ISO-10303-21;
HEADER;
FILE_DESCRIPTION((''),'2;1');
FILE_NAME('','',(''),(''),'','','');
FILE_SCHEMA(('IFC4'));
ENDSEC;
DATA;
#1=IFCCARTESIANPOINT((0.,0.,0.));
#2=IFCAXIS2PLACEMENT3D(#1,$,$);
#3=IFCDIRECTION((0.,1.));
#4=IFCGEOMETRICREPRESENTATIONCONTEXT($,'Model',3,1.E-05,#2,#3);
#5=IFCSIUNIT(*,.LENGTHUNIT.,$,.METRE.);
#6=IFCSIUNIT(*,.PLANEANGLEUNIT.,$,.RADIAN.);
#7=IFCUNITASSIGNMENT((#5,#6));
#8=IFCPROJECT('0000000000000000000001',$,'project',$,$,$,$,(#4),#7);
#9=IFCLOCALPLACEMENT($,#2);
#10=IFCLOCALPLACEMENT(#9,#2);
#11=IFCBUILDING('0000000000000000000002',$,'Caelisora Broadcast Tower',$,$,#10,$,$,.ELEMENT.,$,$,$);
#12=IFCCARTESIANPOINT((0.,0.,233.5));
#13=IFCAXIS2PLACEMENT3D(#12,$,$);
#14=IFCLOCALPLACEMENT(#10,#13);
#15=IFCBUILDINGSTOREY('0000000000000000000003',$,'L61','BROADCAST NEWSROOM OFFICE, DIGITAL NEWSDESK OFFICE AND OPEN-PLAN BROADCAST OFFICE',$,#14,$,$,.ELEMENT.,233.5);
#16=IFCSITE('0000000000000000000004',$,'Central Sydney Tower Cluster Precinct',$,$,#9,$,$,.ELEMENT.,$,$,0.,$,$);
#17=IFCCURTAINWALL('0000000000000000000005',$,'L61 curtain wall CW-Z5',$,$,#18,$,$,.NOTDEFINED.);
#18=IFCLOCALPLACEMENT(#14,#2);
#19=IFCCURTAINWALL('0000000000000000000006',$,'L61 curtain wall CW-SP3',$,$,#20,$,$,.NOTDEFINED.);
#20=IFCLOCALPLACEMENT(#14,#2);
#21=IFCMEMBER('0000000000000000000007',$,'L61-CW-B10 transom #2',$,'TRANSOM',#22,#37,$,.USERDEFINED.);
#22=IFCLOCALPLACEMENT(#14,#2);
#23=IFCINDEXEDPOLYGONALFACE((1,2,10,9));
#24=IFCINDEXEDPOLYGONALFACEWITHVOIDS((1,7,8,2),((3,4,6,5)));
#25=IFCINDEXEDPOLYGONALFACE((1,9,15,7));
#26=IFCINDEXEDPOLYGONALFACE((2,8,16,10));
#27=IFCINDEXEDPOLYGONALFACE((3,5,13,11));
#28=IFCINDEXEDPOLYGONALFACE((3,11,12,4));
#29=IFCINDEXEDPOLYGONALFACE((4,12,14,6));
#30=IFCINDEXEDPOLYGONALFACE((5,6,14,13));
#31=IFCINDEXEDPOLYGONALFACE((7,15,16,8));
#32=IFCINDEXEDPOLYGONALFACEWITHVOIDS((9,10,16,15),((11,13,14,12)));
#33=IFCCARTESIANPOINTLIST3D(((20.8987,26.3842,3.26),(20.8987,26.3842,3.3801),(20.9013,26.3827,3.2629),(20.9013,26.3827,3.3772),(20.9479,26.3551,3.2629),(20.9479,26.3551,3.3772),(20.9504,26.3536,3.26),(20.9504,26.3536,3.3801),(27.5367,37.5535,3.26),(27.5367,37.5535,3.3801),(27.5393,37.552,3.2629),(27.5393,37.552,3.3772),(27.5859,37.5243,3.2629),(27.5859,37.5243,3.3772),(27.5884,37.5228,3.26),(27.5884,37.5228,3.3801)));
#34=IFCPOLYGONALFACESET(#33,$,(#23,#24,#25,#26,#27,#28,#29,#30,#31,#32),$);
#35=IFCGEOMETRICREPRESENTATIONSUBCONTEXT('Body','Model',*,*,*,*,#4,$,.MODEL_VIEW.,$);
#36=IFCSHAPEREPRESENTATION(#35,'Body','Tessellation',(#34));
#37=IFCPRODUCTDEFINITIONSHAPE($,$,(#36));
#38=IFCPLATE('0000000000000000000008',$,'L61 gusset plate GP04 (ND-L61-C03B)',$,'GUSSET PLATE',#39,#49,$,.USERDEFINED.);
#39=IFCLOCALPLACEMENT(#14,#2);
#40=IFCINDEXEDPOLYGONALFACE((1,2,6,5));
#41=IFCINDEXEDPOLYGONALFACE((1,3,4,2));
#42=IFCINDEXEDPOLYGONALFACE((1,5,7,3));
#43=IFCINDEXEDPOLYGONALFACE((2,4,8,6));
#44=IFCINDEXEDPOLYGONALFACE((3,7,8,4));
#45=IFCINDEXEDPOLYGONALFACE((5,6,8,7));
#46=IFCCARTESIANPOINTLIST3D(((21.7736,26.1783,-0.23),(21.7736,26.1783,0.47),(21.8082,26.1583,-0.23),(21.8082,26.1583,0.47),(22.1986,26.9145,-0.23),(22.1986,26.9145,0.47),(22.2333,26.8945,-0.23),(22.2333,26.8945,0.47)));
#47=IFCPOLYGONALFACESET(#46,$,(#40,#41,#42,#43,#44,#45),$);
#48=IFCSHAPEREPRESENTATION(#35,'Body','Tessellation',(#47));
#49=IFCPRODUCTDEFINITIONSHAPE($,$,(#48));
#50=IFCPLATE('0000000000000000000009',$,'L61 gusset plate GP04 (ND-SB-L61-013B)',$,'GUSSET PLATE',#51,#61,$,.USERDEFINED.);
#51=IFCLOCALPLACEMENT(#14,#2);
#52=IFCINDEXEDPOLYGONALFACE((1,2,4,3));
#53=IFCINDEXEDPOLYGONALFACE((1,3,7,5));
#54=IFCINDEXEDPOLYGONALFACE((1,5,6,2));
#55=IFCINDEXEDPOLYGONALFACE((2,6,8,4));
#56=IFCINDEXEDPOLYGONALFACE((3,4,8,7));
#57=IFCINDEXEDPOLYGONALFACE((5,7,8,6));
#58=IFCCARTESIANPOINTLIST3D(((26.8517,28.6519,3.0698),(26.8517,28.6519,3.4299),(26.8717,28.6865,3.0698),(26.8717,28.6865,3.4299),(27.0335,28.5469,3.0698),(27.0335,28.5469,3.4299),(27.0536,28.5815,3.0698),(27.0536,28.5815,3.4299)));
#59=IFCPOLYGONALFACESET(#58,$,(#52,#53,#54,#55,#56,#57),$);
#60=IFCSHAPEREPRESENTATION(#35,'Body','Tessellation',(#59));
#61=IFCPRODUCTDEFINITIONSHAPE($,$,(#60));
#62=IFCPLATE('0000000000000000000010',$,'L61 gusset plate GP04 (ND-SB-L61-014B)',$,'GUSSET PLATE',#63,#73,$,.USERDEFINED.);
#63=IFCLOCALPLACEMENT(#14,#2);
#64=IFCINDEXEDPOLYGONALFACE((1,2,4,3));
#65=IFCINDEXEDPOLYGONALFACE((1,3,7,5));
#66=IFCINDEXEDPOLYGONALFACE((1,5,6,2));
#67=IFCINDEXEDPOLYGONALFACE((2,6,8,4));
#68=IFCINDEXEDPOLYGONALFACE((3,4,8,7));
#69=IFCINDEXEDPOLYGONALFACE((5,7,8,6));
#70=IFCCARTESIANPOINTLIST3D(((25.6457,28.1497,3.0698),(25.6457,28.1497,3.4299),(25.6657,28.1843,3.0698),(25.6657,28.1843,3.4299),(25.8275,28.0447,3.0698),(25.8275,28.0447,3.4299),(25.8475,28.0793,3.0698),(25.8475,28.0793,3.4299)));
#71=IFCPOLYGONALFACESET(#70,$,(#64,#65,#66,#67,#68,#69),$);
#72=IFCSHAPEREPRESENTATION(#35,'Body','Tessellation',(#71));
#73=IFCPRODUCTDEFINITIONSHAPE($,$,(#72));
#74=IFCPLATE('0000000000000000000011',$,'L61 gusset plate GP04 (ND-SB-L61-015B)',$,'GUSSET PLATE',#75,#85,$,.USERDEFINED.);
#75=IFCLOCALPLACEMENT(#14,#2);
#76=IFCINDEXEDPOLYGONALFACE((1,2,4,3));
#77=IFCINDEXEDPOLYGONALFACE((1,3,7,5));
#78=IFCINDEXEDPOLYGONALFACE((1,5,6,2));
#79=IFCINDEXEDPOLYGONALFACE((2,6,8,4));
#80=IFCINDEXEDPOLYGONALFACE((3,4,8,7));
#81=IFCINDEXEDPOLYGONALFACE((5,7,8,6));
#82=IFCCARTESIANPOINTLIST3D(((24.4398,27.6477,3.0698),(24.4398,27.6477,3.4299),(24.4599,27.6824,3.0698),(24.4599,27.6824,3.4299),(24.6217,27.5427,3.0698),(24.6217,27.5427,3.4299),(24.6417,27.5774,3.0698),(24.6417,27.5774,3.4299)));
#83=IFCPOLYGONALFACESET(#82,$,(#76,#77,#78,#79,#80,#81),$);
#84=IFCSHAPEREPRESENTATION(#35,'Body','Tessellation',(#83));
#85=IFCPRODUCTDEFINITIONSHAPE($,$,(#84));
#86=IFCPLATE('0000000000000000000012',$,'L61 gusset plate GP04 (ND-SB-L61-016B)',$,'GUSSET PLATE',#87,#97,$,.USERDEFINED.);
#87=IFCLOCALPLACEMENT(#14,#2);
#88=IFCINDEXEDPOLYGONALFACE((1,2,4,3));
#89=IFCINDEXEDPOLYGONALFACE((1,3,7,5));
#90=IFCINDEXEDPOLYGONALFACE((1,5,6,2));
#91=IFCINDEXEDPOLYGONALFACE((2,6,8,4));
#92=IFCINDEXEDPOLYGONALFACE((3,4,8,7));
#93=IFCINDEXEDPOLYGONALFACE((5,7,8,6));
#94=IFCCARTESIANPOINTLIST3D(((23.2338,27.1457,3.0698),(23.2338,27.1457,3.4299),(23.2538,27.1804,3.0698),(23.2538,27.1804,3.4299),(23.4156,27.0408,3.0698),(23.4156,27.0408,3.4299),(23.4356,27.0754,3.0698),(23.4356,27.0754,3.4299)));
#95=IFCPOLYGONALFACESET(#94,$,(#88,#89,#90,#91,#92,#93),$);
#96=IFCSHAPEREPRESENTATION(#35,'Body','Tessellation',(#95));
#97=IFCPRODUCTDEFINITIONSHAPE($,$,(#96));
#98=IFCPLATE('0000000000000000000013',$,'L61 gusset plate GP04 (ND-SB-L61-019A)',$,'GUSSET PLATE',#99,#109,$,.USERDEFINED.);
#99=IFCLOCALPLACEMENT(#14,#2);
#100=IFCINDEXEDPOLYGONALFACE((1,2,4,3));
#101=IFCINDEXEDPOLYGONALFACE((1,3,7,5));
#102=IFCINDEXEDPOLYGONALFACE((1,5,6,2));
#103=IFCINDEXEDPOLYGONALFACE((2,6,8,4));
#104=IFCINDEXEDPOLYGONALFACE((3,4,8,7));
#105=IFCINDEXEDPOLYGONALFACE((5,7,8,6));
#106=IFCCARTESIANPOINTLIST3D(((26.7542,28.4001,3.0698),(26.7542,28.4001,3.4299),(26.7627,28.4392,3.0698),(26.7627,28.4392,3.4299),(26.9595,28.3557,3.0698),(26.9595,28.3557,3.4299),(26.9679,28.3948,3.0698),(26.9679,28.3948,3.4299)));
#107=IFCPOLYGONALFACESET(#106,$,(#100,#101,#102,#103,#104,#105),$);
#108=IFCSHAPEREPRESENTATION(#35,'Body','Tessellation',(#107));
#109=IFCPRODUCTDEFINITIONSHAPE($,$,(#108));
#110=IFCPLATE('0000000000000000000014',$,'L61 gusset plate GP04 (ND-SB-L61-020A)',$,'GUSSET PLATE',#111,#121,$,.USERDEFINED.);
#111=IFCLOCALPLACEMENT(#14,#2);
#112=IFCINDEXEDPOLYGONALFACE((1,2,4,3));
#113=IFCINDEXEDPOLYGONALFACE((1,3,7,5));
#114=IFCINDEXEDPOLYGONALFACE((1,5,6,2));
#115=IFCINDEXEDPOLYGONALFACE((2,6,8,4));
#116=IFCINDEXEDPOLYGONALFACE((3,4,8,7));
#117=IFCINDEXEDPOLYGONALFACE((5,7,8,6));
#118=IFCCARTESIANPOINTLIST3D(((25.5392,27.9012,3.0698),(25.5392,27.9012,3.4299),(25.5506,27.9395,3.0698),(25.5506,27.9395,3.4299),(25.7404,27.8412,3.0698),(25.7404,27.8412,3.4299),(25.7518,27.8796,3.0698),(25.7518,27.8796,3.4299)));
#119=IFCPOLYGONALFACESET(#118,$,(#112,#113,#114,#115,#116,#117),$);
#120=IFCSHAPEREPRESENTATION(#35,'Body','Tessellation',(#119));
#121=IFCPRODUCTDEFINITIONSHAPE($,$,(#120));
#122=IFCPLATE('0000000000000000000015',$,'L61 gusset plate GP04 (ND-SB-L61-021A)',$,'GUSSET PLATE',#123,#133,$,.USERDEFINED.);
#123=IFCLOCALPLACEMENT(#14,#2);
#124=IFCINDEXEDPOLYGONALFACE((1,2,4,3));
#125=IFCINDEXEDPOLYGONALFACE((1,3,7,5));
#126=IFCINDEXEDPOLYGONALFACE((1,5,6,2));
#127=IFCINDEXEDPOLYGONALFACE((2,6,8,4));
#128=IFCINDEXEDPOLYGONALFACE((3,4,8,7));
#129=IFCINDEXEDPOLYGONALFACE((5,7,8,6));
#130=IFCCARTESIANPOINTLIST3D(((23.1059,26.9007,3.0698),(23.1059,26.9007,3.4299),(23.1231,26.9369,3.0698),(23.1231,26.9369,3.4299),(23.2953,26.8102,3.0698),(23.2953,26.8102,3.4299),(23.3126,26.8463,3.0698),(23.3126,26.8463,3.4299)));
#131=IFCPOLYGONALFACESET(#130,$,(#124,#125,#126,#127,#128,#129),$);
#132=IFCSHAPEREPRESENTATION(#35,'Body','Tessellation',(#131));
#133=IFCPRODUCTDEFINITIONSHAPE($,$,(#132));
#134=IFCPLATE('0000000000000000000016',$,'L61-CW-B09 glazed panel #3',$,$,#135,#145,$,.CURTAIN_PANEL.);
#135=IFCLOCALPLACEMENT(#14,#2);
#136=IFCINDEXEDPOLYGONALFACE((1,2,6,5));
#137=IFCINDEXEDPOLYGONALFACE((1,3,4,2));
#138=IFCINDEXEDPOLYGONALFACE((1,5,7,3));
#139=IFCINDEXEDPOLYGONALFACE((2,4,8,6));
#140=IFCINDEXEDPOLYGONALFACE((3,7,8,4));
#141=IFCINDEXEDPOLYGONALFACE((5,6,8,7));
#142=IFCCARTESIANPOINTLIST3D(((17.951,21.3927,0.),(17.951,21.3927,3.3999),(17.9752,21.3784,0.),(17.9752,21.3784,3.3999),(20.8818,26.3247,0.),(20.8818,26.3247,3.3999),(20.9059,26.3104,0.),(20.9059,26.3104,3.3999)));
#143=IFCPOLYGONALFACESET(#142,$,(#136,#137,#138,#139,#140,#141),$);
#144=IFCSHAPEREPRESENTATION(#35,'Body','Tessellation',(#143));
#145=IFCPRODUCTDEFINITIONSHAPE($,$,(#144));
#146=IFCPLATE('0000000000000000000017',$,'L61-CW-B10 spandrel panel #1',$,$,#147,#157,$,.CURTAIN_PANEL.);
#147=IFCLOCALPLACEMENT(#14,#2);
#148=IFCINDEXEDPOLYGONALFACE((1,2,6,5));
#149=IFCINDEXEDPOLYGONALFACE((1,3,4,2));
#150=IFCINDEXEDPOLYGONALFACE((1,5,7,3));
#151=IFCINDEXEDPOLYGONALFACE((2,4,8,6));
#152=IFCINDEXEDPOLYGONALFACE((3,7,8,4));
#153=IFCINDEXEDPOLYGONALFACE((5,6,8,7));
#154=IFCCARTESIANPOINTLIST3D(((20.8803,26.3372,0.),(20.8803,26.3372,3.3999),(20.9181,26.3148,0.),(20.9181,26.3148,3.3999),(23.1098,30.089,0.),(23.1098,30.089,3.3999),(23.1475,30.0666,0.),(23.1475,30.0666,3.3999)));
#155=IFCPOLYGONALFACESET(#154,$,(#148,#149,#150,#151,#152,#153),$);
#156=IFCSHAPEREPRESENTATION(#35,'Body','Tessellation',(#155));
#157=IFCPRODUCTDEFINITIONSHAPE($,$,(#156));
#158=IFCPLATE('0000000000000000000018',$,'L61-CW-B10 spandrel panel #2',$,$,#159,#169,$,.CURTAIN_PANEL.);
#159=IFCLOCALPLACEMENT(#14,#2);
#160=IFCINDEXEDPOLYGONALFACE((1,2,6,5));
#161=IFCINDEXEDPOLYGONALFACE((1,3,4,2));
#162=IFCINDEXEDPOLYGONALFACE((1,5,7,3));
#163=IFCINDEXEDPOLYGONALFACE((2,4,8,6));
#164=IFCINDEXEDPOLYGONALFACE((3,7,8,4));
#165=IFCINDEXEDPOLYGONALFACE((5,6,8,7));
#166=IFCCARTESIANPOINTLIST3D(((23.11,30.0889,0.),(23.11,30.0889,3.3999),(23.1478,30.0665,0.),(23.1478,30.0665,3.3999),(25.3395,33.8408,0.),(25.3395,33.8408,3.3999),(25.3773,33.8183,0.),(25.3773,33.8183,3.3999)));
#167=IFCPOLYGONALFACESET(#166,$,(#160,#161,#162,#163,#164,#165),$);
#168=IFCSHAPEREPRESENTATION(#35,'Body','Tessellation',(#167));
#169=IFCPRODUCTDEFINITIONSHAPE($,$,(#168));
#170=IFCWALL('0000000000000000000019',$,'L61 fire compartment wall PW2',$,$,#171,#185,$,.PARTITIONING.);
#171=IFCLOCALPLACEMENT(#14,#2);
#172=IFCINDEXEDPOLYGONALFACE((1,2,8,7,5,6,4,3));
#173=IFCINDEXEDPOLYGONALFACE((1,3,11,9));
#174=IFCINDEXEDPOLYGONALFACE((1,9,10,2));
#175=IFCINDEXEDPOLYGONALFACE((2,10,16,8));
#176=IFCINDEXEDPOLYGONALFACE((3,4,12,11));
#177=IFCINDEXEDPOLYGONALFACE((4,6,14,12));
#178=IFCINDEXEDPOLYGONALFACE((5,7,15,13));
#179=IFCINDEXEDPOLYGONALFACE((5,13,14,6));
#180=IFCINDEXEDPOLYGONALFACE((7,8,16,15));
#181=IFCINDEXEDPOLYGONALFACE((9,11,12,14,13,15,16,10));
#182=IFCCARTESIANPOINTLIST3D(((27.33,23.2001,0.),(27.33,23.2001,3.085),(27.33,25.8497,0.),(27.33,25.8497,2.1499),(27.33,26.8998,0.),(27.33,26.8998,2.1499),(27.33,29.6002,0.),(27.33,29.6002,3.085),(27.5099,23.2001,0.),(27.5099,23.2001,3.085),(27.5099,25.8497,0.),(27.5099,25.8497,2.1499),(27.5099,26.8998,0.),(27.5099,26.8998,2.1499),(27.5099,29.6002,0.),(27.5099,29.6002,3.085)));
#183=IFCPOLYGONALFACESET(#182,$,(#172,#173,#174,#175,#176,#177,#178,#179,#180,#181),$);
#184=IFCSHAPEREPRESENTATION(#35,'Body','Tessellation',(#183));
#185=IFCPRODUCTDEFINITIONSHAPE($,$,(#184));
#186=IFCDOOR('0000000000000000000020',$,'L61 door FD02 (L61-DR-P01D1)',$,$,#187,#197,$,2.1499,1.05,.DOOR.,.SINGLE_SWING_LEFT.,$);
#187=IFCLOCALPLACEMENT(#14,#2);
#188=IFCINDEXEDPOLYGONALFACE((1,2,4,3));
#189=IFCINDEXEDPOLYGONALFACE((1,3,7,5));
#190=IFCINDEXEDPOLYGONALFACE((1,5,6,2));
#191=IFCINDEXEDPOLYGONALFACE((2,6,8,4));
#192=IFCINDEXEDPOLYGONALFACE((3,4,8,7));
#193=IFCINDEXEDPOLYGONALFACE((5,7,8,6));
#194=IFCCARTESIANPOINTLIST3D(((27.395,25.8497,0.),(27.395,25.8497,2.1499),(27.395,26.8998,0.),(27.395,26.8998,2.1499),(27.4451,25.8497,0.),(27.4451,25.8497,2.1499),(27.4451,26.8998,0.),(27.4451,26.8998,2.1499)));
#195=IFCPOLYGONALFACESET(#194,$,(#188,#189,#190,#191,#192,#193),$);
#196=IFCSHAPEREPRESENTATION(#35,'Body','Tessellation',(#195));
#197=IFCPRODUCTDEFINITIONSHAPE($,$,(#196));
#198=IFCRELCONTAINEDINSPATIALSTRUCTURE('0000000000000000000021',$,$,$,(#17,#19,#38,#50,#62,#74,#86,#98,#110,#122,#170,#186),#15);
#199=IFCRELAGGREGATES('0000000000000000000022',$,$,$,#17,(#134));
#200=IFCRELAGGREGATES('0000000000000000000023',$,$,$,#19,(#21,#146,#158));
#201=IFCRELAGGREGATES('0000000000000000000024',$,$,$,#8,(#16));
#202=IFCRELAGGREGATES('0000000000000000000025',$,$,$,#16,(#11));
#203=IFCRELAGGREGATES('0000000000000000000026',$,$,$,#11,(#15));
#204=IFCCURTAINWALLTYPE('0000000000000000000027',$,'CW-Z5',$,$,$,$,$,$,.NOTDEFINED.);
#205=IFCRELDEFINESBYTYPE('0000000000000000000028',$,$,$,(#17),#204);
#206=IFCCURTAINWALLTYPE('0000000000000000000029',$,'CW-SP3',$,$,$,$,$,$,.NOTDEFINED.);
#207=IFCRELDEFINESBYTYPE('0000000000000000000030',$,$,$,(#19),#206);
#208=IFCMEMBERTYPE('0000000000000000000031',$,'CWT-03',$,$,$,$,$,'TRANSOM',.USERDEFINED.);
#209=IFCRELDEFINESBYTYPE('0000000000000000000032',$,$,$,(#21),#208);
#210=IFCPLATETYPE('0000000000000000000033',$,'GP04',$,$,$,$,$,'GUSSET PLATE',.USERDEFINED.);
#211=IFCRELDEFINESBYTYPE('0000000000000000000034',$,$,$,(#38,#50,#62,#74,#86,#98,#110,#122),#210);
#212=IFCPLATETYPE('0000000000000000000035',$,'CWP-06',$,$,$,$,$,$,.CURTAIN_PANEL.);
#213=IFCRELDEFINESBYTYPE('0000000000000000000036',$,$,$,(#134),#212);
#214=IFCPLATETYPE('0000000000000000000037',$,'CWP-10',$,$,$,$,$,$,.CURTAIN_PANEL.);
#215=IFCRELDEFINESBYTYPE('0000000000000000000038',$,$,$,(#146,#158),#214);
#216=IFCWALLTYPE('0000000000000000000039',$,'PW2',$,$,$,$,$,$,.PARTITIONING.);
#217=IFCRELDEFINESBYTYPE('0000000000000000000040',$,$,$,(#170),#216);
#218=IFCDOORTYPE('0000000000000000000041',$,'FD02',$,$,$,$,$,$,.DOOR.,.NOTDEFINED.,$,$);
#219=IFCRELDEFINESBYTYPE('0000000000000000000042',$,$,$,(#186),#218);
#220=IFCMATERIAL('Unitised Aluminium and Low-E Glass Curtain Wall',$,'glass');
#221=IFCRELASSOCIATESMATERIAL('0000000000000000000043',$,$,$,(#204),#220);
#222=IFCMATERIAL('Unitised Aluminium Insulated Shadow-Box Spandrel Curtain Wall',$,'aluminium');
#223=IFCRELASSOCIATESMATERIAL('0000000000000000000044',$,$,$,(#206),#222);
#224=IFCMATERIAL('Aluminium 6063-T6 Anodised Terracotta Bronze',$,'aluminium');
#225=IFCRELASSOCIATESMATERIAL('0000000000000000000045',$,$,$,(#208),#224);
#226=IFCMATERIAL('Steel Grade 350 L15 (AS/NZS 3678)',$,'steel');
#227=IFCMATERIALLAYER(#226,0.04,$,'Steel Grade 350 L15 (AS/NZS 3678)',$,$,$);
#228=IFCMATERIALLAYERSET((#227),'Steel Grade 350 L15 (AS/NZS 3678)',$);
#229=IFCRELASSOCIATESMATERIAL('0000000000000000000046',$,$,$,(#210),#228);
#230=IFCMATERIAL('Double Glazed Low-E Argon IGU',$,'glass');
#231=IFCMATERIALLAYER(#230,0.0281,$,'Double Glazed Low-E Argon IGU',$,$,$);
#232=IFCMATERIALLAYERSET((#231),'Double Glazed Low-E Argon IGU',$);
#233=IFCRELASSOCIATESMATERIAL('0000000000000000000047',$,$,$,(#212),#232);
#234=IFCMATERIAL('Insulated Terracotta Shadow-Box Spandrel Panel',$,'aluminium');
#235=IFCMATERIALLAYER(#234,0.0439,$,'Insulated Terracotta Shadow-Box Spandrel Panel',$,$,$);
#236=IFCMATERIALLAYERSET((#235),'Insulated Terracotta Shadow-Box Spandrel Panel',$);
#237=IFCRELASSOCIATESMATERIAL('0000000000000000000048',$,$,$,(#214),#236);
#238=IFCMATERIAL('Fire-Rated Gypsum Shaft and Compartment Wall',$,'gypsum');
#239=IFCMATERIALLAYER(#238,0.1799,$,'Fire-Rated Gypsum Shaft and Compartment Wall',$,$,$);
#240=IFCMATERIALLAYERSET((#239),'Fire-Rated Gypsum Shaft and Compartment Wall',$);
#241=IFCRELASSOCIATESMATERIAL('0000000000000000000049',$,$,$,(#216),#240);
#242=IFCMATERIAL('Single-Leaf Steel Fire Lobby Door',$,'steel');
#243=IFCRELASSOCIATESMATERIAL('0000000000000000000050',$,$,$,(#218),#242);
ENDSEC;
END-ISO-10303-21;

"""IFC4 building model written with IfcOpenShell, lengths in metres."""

from ifc_helpers import new_model, si_unit, direction, frame, frame_2d, origin, origin_2d, place, context, subcontext, project, spatial, rectangle, hollow_rectangle, extrude, source, transform, mapped, material, layer, layer_set, material_profile, profile_set, type_object, type_shapes, element, fill, aggregate, save


model = new_model("IFC4")

# Units and contexts
model_context = context("Model", 3, precision=1e-05, world=origin(), true_north=direction((0.0, 1.0)))
body_context = subcontext(model_context, "Body", "Model", "MODEL_VIEW")
ifc_project = project(units=[si_unit("LENGTHUNIT", "METRE"), si_unit("PLANEANGLEUNIT", "RADIAN")], contexts=[model_context])

# Site, building, storey
site_placement = place(None, origin())
site = spatial("IfcSite", under=ifc_project, at=site_placement, Name="Central Sydney Tower Cluster Precinct", CompositionType="ELEMENT", RefElevation=0.0)
building_placement = place(site_placement, origin())
building = spatial("IfcBuilding", under=site, at=building_placement, Name="Caelisora Broadcast Tower", CompositionType="ELEMENT")
storey_placement = place(building_placement, frame((0.0, 0.0, 233.5)))
storey = spatial("IfcBuildingStorey", under=building, at=storey_placement, Name="L61", Description="BROADCAST NEWSROOM OFFICE, DIGITAL NEWSDESK OFFICE AND OPEN-PLAN BROADCAST OFFICE", CompositionType="ELEMENT", Elevation=233.5)

# Shared definitions
ifc_material_1 = material(Name="Steel Grade 350 L15 (AS/NZS 3678)", Category="steel")

# Curtain wall
ifc_material_2 = material(Name="Unitised Aluminium and Low-E Glass Curtain Wall", Category="glass")
curtain_wall_type_1 = type_object("IfcCurtainWallType", Name="CW-Z5", PredefinedType="NOTDEFINED", material=ifc_material_2)
curtain_wall_1_placement = place(storey_placement, origin())
curtain_wall_1 = element("IfcCurtainWall", 1, at=curtain_wall_1_placement, inside=storey, type_object=curtain_wall_type_1, Name="L61 curtain wall CW-Z5", PredefinedType="NOTDEFINED")
ifc_material_3 = material(Name="Aluminium 6063-T6 Anodised Terracotta Bronze", Category="aluminium")

# Curtain wall, member
ifc_material_4 = material(Name="Unitised Aluminium Insulated Shadow-Box Spandrel Curtain Wall", Category="aluminium")
curtain_wall_type_2 = type_object("IfcCurtainWallType", Name="CW-SP3", PredefinedType="NOTDEFINED", material=ifc_material_4)
curtain_wall_2_placement = place(storey_placement, origin())
curtain_wall_2 = element("IfcCurtainWall", 2, at=curtain_wall_2_placement, inside=storey, type_object=curtain_wall_type_2, Name="L61 curtain wall CW-SP3", PredefinedType="NOTDEFINED")
ifc_material_profile_1 = material_profile(ifc_material_3, hollow_rectangle(XDim=0.0601, YDim=0.1201, WallThickness=0.0029, at=origin_2d()), Name="Aluminium 6063-T6 Anodised Terracotta Bronze")
ifc_profile_set_1 = profile_set([ifc_material_profile_1], Name="Aluminium 6063-T6 Anodised Terracotta Bronze")
member_type_1 = type_object("IfcMemberType", Name="CWT-03", ElementType="TRANSOM", PredefinedType="USERDEFINED", material=ifc_profile_set_1)
shared_shape_1 = source(origin(), body_context, "Body", "SweptSolid", [
    extrude(hollow_rectangle(XDim=0.0601, YDim=0.1201, WallThickness=0.0029, at=origin_2d()), origin(), (0.0, 0.0, 1.0), 12.9929),
])
type_shapes(member_type_1, [shared_shape_1])
member_1_placement = place(storey_placement, frame((20.9246, 26.3689, 3.3201), z_axis=(0.510893, 0.859644, 0.0), x_axis=(-0.859644, 0.510893, 0.0)))
member_1 = element("IfcMember", 3, at=member_1_placement, type_object=member_type_1, Name="L61-CW-B10 transom #2", ObjectType="TRANSOM", PredefinedType="USERDEFINED", context=body_context, shape_type="MappedRepresentation", body=[
    mapped(shared_shape_1, transform((0.0, 0.0, 0.0), scale=1.0)),
])

# Plates
ifc_layer_1 = layer(ifc_material_1, 0.04, Name="Steel Grade 350 L15 (AS/NZS 3678)")
ifc_layer_set_1 = layer_set([ifc_layer_1], Name="Steel Grade 350 L15 (AS/NZS 3678)")
plate_type_1 = type_object("IfcPlateType", Name="GP04", ElementType="GUSSET PLATE", PredefinedType="USERDEFINED", material=ifc_layer_set_1)
shared_shape_2 = source(origin(), body_context, "Body", "SweptSolid", [
    extrude(rectangle(XDim=0.8501, YDim=0.04, at=origin_2d()), origin(), (0.0, 0.0, 1.0), 0.7),
])
plate_1_placement = place(storey_placement, frame((22.0034, 26.5364, -0.23), z_axis=(0.0, 0.0, 1.0), x_axis=(-0.5, -0.866025, 0.0)))
element("IfcPlate", 4, at=plate_1_placement, inside=storey, type_object=plate_type_1, Name="L61 gusset plate GP04 (ND-L61-C03B)", ObjectType="GUSSET PLATE", PredefinedType="USERDEFINED", context=body_context, shape_type="MappedRepresentation", body=[
    mapped(shared_shape_2, transform((0.0, 0.0, 0.0), scale=1.0)),
])
shared_shape_3 = source(origin(), body_context, "Body", "SweptSolid", [
    extrude(rectangle(XDim=0.21, YDim=0.04, at=origin_2d()), origin(), (0.0, 0.0, 1.0), 0.3601),
])
type_shapes(plate_type_1, [shared_shape_2, shared_shape_3])
for number, where, z_axis, x_axis, name in (
    (5, (26.9526, 28.6167, 3.0698), (0.0, 0.0, 1.0), (0.866025, -0.5, 0.0), "L61 gusset plate GP04 (ND-SB-L61-013B)"),
    (6, (25.7466, 28.1145, 3.0698), (0.0, 0.0, 1.0), (0.866025, -0.5, 0.0), "L61 gusset plate GP04 (ND-SB-L61-014B)"),
    (7, (24.5408, 27.6125, 3.0698), (0.0, 0.0, 1.0), (0.866025, -0.5, 0.0), "L61 gusset plate GP04 (ND-SB-L61-015B)"),
    (8, (23.3347, 27.1106, 3.0698), (0.0, 0.0, 1.0), (0.866025, -0.5, 0.0), "L61 gusset plate GP04 (ND-SB-L61-016B)"),
    (9, (26.8611, 28.3975, 3.0698), (0.0, 0.0, 1.0), (0.977379, -0.211495, 0.0), "L61 gusset plate GP04 (ND-SB-L61-019A)"),
    (10, (25.6455, 27.8904, 3.0698), (0.0, 0.0, 1.0), (0.958372, -0.285521, 0.0), "L61 gusset plate GP04 (ND-SB-L61-020A)"),
    (11, (23.2092, 26.8735, 3.0698), (0.0, 0.0, 1.0), (0.902285, -0.431141, 0.0), "L61 gusset plate GP04 (ND-SB-L61-021A)"),
):
    element("IfcPlate", number, at=place(storey_placement, frame(where, z_axis=z_axis, x_axis=x_axis)), inside=storey, type_object=plate_type_1, Name=name, ObjectType="GUSSET PLATE", PredefinedType="USERDEFINED", context=body_context, shape_type="MappedRepresentation", body=[
        mapped(shared_shape_3, transform((0.0, 0.0, 0.0), scale=1.0)),
    ])

# Plates
ifc_material_5 = material(Name="Double Glazed Low-E Argon IGU", Category="glass")
ifc_layer_2 = layer(ifc_material_5, 0.0281, Name="Double Glazed Low-E Argon IGU")
ifc_layer_set_2 = layer_set([ifc_layer_2], Name="Double Glazed Low-E Argon IGU")
plate_type_2 = type_object("IfcPlateType", Name="CWP-06", PredefinedType="CURTAIN_PANEL", material=ifc_layer_set_2)
shared_shape_4 = source(origin(), body_context, "Body", "SweptSolid", [
    extrude(rectangle(XDim=5.7371, YDim=0.0281, at=origin_2d()), origin(), (0.0, 0.0, 1.0), 3.3999),
])
type_shapes(plate_type_2, [shared_shape_4])
plate_2_placement = place(storey_placement, frame((19.4285, 23.8516, 0.0), z_axis=(0.0, 0.0, 1.0), x_axis=(0.510843, 0.859674, 0.0)))
plate_2 = element("IfcPlate", 12, at=plate_2_placement, type_object=plate_type_2, Name="L61-CW-B09 glazed panel #3", PredefinedType="CURTAIN_PANEL", context=body_context, shape_type="MappedRepresentation", body=[
    mapped(shared_shape_4, transform((0.0, 0.0, 0.0), scale=1.0)),
])
aggregate(curtain_wall_1, [plate_2])
ifc_material_6 = material(Name="Insulated Terracotta Shadow-Box Spandrel Panel", Category="aluminium")
ifc_layer_3 = layer(ifc_material_6, 0.0439, Name="Insulated Terracotta Shadow-Box Spandrel Panel")
ifc_layer_set_3 = layer_set([ifc_layer_3], Name="Insulated Terracotta Shadow-Box Spandrel Panel")
plate_type_3 = type_object("IfcPlateType", Name="CWP-10", PredefinedType="CURTAIN_PANEL", material=ifc_layer_set_3)
shared_shape_5 = source(origin(), body_context, "Body", "SweptSolid", [
    extrude(rectangle(XDim=4.3643, YDim=0.0439, at=origin_2d()), origin(), (0.0, 0.0, 1.0), 3.3999),
])
type_shapes(plate_type_3, [shared_shape_5])
plate_3_placement = place(storey_placement, frame((22.0139, 28.2019, 0.0), z_axis=(0.0, 0.0, 1.0), x_axis=(0.510843, 0.859674, 0.0)))
plate_3 = element("IfcPlate", 13, at=plate_3_placement, type_object=plate_type_3, Name="L61-CW-B10 spandrel panel #1", PredefinedType="CURTAIN_PANEL", context=body_context, shape_type="MappedRepresentation", body=[
    mapped(shared_shape_5, transform((0.0, 0.0, 0.0), scale=1.0)),
])
plate_4_placement = place(storey_placement, frame((24.2437, 31.9536, 0.0), z_axis=(0.0, 0.0, 1.0), x_axis=(0.510843, 0.859674, 0.0)))
plate_4 = element("IfcPlate", 14, at=plate_4_placement, type_object=plate_type_3, Name="L61-CW-B10 spandrel panel #2", PredefinedType="CURTAIN_PANEL", context=body_context, shape_type="MappedRepresentation", body=[
    mapped(shared_shape_5, transform((0.0, 0.0, 0.0), scale=1.0)),
])
aggregate(curtain_wall_2, [member_1, plate_3, plate_4])

# Wall, opening, door
ifc_material_7 = material(Name="Fire-Rated Gypsum Shaft and Compartment Wall", Category="gypsum")
ifc_layer_4 = layer(ifc_material_7, 0.1799, Name="Fire-Rated Gypsum Shaft and Compartment Wall")
ifc_layer_set_4 = layer_set([ifc_layer_4], Name="Fire-Rated Gypsum Shaft and Compartment Wall")
wall_type_1 = type_object("IfcWallType", Name="PW2", PredefinedType="PARTITIONING", material=ifc_layer_set_4)
wall_1_placement = place(storey_placement, frame((27.4199, 23.2, 0.0), z_axis=(0.0, 0.0, 1.0), x_axis=(0.0, 1.0, 0.0)))
wall_1 = element("IfcWall", 15, at=wall_1_placement, inside=storey, type_object=wall_type_1, Name="L61 fire compartment wall PW2", PredefinedType="PARTITIONING", context=body_context, shape_type="SweptSolid", body=[
    extrude(rectangle(XDim=6.4001, YDim=0.1799, at=frame_2d((3.2002, 0.0))), origin(), (0.0, 0.0, 1.0), 3.085),
])
opening_placement = place(wall_1_placement, frame((2.6499, 0.0, 0.0)))
opening = element("IfcOpeningElement", 16, at=opening_placement, cuts=wall_1, PredefinedType="OPENING", context=body_context, shape_type="SweptSolid", body=[
    extrude(rectangle(XDim=1.05, YDim=2.1499, at=frame_2d((0.5249, 1.075))), frame((0.0, 0.1021, 0.0), z_axis=(0.0, -1.0, 0.0), x_axis=(1.0, 0.0, 0.0)), (0.0, 0.0, 1.0), 0.2039),
])
ifc_material_8 = material(Name="Single-Leaf Steel Fire Lobby Door", Category="steel")
door_type = type_object("IfcDoorType", Name="FD02", OperationType="NOTDEFINED", PredefinedType="DOOR", material=ifc_material_8)
door_placement = place(opening_placement, origin())
door = element("IfcDoor", 17, at=door_placement, inside=storey, type_object=door_type, Name="L61 door FD02 (L61-DR-P01D1)", OperationType="SINGLE_SWING_LEFT", OverallHeight=2.1499, OverallWidth=1.05, PredefinedType="DOOR", context=body_context, shape_type="SweptSolid", body=[
    extrude(rectangle(XDim=1.05, YDim=2.1499, at=frame_2d((0.5249, 1.075))), frame((0.0, 0.0249, 0.0), z_axis=(0.0, -1.0, 0.0), x_axis=(1.0, 0.0, 0.0)), (0.0, 0.0, 1.0), 0.05),
])
fill(opening, door)

save(model, "model.ifc")
